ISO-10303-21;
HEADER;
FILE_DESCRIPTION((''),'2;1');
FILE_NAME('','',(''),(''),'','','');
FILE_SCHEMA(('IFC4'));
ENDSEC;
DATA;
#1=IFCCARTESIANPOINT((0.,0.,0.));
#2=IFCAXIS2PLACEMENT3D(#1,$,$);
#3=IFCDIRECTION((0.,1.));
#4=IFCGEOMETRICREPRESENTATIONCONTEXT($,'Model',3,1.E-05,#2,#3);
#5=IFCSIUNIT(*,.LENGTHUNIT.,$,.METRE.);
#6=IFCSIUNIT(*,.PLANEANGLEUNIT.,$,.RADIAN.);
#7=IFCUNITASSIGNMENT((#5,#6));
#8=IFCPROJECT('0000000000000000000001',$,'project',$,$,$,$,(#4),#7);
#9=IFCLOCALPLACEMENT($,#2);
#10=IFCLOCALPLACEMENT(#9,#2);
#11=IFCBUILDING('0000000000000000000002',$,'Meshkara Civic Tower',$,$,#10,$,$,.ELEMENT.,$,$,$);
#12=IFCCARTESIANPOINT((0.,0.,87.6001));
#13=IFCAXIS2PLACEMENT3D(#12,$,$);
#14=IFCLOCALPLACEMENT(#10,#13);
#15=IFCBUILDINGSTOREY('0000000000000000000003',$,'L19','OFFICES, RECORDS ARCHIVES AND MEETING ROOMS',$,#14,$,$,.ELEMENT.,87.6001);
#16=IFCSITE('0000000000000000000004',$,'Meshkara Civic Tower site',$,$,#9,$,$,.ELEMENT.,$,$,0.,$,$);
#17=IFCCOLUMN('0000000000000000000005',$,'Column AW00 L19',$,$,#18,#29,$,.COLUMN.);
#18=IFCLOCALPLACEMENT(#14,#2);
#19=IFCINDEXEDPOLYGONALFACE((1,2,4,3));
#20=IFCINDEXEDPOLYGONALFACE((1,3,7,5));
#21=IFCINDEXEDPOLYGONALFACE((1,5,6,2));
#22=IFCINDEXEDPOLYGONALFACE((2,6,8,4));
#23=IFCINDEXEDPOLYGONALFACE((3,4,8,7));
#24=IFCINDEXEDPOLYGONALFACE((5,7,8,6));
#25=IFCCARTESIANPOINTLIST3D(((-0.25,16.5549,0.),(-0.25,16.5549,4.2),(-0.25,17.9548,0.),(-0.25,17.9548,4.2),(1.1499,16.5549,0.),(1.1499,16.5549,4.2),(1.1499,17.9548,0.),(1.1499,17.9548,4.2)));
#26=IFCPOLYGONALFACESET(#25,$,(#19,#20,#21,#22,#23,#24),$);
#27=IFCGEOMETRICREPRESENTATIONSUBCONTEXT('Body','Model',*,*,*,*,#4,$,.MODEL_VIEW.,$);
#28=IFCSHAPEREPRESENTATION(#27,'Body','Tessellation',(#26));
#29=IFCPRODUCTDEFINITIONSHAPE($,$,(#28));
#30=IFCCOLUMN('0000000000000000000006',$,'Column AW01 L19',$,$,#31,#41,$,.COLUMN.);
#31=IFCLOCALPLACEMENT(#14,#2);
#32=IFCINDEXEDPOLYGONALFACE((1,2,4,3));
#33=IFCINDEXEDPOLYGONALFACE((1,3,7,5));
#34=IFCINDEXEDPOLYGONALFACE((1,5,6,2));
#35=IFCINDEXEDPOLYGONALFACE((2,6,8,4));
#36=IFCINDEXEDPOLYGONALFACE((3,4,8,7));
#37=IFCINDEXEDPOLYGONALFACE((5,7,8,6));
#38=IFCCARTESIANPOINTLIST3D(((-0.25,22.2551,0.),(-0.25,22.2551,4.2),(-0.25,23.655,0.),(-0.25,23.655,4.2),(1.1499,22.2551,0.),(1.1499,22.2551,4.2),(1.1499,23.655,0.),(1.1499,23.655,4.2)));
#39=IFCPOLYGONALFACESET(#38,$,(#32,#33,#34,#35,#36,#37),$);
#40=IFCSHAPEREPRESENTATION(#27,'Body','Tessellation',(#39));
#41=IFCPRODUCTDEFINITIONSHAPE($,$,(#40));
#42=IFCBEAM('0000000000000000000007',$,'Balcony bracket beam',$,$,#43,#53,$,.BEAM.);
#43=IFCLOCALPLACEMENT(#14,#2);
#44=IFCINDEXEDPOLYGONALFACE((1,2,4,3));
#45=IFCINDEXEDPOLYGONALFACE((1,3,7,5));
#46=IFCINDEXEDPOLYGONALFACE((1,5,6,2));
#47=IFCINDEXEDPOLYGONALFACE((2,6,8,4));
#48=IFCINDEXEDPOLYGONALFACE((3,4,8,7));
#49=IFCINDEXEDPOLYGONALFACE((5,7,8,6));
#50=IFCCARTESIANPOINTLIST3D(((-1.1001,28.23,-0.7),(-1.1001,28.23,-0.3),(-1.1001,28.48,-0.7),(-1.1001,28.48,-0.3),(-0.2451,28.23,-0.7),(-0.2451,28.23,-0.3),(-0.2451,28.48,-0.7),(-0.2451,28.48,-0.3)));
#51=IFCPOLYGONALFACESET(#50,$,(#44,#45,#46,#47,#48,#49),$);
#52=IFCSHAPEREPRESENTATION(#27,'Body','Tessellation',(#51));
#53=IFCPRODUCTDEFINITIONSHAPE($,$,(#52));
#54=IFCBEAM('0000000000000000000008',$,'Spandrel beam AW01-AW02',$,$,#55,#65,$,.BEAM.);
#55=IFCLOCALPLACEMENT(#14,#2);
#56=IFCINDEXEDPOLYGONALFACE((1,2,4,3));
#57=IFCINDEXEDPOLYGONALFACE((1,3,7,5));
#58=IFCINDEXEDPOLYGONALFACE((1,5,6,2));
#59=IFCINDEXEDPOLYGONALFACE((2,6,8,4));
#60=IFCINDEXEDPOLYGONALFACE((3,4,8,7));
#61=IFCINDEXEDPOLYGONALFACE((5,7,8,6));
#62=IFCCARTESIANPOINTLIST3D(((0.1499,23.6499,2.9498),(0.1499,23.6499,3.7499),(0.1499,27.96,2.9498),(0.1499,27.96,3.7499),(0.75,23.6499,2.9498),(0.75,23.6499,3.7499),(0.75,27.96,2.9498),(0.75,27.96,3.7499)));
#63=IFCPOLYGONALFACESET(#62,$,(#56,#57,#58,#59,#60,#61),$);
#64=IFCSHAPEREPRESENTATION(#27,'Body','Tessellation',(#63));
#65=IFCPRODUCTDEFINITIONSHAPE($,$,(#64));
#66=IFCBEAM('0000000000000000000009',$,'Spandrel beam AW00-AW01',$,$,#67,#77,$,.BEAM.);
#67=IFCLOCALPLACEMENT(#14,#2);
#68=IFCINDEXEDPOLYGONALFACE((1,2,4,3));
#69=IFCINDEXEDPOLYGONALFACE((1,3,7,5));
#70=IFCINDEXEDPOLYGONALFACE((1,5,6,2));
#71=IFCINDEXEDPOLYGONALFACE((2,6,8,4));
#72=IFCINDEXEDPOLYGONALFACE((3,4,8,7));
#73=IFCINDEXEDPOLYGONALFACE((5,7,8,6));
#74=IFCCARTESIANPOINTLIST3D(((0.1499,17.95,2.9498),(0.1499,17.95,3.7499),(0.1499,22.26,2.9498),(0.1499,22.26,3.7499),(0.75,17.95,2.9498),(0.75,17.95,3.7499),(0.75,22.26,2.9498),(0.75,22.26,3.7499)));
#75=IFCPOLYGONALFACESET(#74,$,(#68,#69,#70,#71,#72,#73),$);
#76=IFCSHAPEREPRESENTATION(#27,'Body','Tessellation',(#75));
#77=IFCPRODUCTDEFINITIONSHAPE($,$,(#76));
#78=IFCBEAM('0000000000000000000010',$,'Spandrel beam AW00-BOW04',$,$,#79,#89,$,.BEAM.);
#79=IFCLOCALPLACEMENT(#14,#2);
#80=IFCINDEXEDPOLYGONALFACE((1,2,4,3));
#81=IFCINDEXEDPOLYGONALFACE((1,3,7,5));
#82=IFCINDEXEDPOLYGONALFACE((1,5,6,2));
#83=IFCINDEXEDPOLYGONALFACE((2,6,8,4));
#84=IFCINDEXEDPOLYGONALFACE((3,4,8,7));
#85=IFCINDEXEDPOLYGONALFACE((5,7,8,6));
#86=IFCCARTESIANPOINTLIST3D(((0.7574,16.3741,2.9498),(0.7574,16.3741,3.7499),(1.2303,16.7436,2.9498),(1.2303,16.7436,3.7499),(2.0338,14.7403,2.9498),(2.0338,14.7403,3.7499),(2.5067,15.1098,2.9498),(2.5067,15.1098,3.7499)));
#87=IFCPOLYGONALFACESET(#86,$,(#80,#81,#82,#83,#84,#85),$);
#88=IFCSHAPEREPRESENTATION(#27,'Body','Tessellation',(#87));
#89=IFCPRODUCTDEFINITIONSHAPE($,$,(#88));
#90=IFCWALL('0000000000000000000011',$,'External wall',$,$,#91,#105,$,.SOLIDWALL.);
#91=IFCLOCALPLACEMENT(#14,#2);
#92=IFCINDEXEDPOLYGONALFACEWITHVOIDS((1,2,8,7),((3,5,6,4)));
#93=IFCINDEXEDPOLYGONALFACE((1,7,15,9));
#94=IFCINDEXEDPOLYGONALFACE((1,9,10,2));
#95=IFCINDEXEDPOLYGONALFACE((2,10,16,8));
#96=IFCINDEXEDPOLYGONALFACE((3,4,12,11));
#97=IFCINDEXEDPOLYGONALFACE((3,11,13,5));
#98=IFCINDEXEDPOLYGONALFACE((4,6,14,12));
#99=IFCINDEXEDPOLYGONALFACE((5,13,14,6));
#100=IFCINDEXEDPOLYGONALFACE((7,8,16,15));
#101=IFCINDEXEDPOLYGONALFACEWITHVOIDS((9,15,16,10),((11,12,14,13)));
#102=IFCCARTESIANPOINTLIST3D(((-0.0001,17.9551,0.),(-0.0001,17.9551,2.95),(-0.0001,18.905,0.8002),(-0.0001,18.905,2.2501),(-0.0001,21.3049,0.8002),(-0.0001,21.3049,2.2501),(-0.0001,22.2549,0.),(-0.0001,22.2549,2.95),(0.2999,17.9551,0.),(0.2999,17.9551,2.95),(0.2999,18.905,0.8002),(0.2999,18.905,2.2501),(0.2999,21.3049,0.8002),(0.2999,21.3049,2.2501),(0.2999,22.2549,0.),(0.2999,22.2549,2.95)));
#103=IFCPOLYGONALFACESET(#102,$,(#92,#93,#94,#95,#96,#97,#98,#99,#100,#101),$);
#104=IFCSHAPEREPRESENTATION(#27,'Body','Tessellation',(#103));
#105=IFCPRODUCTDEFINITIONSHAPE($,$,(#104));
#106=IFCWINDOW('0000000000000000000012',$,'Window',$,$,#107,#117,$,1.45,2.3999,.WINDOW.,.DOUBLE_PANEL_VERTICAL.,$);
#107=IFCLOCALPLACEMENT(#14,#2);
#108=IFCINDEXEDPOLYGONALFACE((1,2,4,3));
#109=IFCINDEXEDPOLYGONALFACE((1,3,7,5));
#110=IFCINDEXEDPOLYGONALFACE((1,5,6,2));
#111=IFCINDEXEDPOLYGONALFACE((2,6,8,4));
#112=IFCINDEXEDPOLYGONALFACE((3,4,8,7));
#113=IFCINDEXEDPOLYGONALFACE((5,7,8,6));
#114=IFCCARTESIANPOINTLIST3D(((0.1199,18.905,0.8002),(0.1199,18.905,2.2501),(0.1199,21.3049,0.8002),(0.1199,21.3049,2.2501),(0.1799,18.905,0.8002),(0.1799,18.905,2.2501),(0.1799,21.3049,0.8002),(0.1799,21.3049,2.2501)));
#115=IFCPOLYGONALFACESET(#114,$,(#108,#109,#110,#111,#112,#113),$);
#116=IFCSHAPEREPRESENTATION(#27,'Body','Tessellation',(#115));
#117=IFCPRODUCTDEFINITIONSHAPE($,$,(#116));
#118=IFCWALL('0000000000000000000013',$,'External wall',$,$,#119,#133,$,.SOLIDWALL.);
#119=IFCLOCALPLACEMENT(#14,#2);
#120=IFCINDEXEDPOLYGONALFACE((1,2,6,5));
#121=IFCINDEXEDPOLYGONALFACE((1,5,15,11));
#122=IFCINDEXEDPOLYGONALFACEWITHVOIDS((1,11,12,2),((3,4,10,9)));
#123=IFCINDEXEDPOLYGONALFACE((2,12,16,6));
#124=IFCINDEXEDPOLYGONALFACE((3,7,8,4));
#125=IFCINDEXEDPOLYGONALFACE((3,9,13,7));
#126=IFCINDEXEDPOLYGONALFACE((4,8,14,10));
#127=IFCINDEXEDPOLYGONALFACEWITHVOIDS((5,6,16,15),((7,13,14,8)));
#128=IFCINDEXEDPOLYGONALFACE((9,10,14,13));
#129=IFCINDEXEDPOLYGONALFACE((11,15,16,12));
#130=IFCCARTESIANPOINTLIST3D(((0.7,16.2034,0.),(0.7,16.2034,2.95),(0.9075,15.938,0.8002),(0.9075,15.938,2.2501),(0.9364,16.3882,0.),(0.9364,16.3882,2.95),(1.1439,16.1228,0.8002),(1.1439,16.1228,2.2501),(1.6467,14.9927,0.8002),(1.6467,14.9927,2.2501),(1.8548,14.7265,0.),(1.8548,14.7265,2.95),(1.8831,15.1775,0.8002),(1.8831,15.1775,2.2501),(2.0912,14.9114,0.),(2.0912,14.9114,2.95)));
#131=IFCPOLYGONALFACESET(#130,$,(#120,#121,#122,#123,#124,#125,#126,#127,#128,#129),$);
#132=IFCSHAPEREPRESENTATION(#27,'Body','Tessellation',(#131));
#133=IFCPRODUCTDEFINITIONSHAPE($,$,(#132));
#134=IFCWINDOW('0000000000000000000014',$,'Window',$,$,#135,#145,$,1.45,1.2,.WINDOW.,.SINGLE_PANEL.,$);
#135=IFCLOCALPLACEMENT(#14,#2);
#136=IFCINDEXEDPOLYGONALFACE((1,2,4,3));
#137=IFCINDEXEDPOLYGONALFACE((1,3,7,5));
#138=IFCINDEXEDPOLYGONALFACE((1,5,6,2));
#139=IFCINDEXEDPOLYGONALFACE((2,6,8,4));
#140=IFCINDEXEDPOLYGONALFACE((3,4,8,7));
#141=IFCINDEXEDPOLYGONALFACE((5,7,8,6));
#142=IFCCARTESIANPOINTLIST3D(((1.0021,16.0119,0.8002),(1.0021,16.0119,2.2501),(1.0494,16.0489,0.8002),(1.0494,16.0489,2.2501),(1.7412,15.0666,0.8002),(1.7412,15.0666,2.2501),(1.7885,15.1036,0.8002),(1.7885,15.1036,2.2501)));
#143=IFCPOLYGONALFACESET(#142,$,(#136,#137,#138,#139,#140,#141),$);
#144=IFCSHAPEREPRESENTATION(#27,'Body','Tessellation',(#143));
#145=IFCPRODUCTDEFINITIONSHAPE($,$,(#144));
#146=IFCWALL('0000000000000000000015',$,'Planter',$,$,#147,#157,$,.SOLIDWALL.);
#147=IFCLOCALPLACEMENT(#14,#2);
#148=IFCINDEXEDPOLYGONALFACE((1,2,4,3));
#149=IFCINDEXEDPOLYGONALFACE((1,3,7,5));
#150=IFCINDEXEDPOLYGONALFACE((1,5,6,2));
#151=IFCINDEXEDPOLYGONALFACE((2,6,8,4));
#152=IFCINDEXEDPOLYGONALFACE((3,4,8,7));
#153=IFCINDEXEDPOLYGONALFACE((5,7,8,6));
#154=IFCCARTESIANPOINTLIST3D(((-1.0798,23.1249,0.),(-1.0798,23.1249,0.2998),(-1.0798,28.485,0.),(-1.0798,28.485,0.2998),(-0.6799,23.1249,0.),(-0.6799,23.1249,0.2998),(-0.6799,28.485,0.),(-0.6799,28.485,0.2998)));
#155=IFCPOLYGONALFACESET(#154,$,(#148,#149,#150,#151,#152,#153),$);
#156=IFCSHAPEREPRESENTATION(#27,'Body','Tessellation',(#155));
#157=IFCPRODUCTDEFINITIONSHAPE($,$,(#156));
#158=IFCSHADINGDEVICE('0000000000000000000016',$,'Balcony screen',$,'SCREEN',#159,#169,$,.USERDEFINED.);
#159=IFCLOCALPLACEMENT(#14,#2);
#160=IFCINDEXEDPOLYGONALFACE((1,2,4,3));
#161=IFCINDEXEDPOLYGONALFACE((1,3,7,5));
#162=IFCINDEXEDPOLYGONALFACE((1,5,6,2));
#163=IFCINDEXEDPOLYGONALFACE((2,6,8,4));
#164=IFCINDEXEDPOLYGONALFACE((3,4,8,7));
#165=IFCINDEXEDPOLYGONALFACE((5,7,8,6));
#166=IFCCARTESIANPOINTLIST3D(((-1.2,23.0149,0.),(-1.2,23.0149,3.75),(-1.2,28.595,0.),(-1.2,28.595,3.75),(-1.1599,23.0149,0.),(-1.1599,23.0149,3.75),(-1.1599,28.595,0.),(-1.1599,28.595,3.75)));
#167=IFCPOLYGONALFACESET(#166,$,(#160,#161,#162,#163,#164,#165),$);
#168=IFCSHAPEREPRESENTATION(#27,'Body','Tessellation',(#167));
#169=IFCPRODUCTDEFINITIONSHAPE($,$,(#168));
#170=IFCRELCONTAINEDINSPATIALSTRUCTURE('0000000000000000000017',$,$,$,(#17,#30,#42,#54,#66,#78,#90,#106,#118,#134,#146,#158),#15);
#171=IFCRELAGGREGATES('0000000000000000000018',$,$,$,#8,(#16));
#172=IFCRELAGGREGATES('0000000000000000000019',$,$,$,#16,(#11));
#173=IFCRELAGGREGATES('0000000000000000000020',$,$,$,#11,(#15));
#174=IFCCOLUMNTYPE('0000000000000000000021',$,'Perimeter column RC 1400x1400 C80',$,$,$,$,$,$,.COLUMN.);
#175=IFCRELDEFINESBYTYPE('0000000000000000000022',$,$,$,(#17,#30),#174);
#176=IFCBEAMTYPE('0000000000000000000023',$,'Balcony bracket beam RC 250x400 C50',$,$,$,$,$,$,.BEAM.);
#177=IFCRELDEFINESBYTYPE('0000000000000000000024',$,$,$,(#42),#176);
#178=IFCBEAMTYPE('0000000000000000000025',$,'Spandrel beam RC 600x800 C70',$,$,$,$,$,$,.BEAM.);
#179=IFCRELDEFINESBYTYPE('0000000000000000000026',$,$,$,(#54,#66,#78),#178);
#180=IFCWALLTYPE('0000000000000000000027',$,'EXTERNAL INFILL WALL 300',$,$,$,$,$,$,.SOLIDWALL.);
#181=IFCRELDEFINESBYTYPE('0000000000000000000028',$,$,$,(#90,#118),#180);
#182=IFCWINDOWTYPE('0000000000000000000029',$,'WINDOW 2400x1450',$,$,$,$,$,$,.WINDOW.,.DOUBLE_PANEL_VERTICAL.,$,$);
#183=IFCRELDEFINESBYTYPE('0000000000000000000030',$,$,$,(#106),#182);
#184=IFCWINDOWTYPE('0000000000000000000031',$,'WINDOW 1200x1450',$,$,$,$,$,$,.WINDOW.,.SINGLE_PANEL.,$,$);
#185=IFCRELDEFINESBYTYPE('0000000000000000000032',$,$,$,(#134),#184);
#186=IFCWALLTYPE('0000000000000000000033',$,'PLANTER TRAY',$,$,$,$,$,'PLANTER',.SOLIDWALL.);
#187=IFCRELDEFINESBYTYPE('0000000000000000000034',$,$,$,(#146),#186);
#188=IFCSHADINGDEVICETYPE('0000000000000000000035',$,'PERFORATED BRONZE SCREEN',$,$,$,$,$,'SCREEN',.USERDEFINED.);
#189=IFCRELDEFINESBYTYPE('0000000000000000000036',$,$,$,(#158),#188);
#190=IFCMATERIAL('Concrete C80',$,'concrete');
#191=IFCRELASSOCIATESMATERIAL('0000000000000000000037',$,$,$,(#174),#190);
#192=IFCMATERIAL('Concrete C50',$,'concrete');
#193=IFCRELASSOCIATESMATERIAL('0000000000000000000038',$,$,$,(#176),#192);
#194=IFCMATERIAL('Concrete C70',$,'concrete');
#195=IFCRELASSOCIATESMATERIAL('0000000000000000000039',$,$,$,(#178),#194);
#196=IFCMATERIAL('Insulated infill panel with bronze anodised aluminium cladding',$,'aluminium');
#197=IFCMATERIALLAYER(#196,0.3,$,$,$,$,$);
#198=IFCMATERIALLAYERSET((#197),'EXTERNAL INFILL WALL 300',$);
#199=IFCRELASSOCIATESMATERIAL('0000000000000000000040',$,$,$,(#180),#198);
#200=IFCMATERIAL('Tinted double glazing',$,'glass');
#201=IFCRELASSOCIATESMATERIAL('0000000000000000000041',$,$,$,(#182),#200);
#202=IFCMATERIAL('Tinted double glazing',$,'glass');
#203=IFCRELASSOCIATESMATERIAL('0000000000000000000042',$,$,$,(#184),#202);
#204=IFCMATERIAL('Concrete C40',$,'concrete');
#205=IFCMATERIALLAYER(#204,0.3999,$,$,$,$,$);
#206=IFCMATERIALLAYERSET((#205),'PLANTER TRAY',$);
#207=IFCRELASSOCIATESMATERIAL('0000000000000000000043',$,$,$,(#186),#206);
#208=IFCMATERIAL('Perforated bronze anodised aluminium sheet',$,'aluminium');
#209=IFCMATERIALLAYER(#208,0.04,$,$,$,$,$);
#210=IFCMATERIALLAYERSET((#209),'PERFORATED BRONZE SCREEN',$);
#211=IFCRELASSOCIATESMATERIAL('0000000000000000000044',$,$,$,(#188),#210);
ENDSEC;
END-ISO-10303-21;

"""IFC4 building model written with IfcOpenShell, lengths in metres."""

from ifc_helpers import new_model, si_unit, direction, frame, frame_2d, origin, origin_2d, place, context, subcontext, project, spatial, rectangle, extrude, material, layer, layer_set, material_profile, profile_set, type_object, element, fill, save


model = new_model("IFC4")

# Units and contexts
model_context = context("Model", 3, precision=1e-05, world=origin(), true_north=direction((0.0, 1.0)))
body_context = subcontext(model_context, "Body", "Model", "MODEL_VIEW")
ifc_project = project(units=[si_unit("LENGTHUNIT", "METRE"), si_unit("PLANEANGLEUNIT", "RADIAN")], contexts=[model_context])

# Site, building, storey
site_placement = place(None, origin())
site = spatial("IfcSite", under=ifc_project, at=site_placement, Name="Meshkara Civic Tower site", CompositionType="ELEMENT", RefElevation=0.0)
building_placement = place(site_placement, origin())
building = spatial("IfcBuilding", under=site, at=building_placement, Name="Meshkara Civic Tower", CompositionType="ELEMENT")
storey_placement = place(building_placement, frame((0.0, 0.0, 87.6001)))
storey = spatial("IfcBuildingStorey", under=building, at=storey_placement, Name="L19", Description="OFFICES, RECORDS ARCHIVES AND MEETING ROOMS", CompositionType="ELEMENT", Elevation=87.6001)

# Columns
ifc_material_1 = material(Name="Concrete C80", Category="concrete")
ifc_material_profile_1 = material_profile(ifc_material_1, rectangle(XDim=1.3999, YDim=1.3999, at=origin_2d()))
ifc_profile_set_1 = profile_set([ifc_material_profile_1], Name="Concrete C80")
column_type = type_object("IfcColumnType", Name="Perimeter column RC 1400x1400 C80", PredefinedType="COLUMN", material=ifc_profile_set_1)
for number, where, z_axis, x_axis, name in (
    (1, (0.45, 17.2549, 0.0), (0.0, 0.0, 1.0), (1.0, 0.0, 0.0), "Column AW00 L19"),
    (2, (0.45, 22.9551, 0.0), (0.0, 0.0, 1.0), (1.0, 0.0, 0.0), "Column AW01 L19"),
):
    element("IfcColumn", number, at=place(storey_placement, frame(where, z_axis=z_axis, x_axis=x_axis)), inside=storey, type_object=column_type, Name=name, PredefinedType="COLUMN", context=body_context, shape_type="SweptSolid", body=[
        extrude(rectangle(XDim=1.3999, YDim=1.3999, at=origin_2d()), origin(), (0.0, 0.0, 1.0), 4.2),
    ])

# Beams
ifc_material_2 = material(Name="Concrete C50", Category="concrete")
ifc_material_profile_2 = material_profile(ifc_material_2, rectangle(XDim=0.25, YDim=0.3999, at=origin_2d()))
ifc_profile_set_2 = profile_set([ifc_material_profile_2], Name="Concrete C50")
beam_type_1 = type_object("IfcBeamType", Name="Balcony bracket beam RC 250x400 C50", PredefinedType="BEAM", material=ifc_profile_set_2)
beam_1_placement = place(storey_placement, frame((-0.2451, 28.355, -0.5), z_axis=(-1.0, 0.0, 0.0), x_axis=(0.0, -1.0, 0.0)))
element("IfcBeam", 3, at=beam_1_placement, inside=storey, type_object=beam_type_1, Name="Balcony bracket beam", PredefinedType="BEAM", context=body_context, shape_type="SweptSolid", body=[
    extrude(rectangle(XDim=0.25, YDim=0.3999, at=origin_2d()), origin(), (0.0, 0.0, 1.0), 0.855),
])
ifc_material_3 = material(Name="Concrete C70", Category="concrete")
ifc_material_profile_3 = material_profile(ifc_material_3, rectangle(XDim=0.6001, YDim=0.8, at=origin_2d()))
ifc_profile_set_3 = profile_set([ifc_material_profile_3], Name="Concrete C70")
beam_type_2 = type_object("IfcBeamType", Name="Spandrel beam RC 600x800 C70", PredefinedType="BEAM", material=ifc_profile_set_3)
for number, where, z_axis, x_axis, name in (
    (4, (0.45, 27.96, 3.3499), (0.0, -1.0, 0.0), (1.0, 0.0, 0.0), "Spandrel beam AW01-AW02"),
    (5, (0.45, 22.26, 3.3499), (0.0, -1.0, 0.0), (1.0, 0.0, 0.0), "Spandrel beam AW00-AW01"),
):
    element("IfcBeam", number, at=place(storey_placement, frame(where, z_axis=z_axis, x_axis=x_axis)), inside=storey, type_object=beam_type_2, Name=name, PredefinedType="BEAM", context=body_context, shape_type="SweptSolid", body=[
        extrude(rectangle(XDim=0.6001, YDim=0.8, at=origin_2d()), origin(), (0.0, 0.0, 1.0), 4.3101),
    ])
beam_2_placement = place(storey_placement, frame((0.9939, 16.5588, 3.3499), z_axis=(0.615635, -0.788032, 0.0), x_axis=(0.788032, 0.615635, 0.0)))
element("IfcBeam", 6, at=beam_2_placement, inside=storey, type_object=beam_type_2, Name="Spandrel beam AW00-BOW04", PredefinedType="BEAM", context=body_context, shape_type="SweptSolid", body=[
    extrude(rectangle(XDim=0.6001, YDim=0.8, at=origin_2d()), origin(), (0.0, 0.0, 1.0), 2.0732),
])

# Walls, openings, windows
ifc_material_4 = material(Name="Insulated infill panel with bronze anodised aluminium cladding", Category="aluminium")
ifc_layer_1 = layer(ifc_material_4, 0.3)
ifc_layer_set_1 = layer_set([ifc_layer_1], Name="EXTERNAL INFILL WALL 300")
wall_type_1 = type_object("IfcWallType", Name="EXTERNAL INFILL WALL 300", PredefinedType="SOLIDWALL", material=ifc_layer_set_1)
wall_1_placement = place(storey_placement, frame((0.1499, 22.2549, 0.0), z_axis=(0.0, 0.0, 1.0), x_axis=(0.0, -1.0, 0.0)))
wall_1 = element("IfcWall", 7, at=wall_1_placement, inside=storey, type_object=wall_type_1, Name="External wall", PredefinedType="SOLIDWALL", context=body_context, shape_type="SweptSolid", body=[
    extrude(rectangle(XDim=4.2998, YDim=0.3, at=frame_2d((2.1499, 0.0))), origin(), (0.0, 0.0, 1.0), 2.95),
])
opening_1_placement = place(wall_1_placement, frame((0.95, 0.0, 0.8)))
opening_1 = element("IfcOpeningElement", 8, at=opening_1_placement, cuts=wall_1, PredefinedType="OPENING", context=body_context, shape_type="SweptSolid", body=[
    extrude(rectangle(XDim=2.3999, YDim=1.45, at=frame_2d((1.2, 0.7251))), frame((0.0, 0.1599, 0.0), z_axis=(0.0, -1.0, 0.0), x_axis=(1.0, 0.0, 0.0)), (0.0, 0.0, 1.0), 0.3201),
])
ifc_material_5 = material(Name="Tinted double glazing", Category="glass")
window_type_1 = type_object("IfcWindowType", Name="WINDOW 2400x1450", PartitioningType="DOUBLE_PANEL_VERTICAL", PredefinedType="WINDOW", material=ifc_material_5)
window_1_placement = place(opening_1_placement, origin())
window_1 = element("IfcWindow", 9, at=window_1_placement, inside=storey, type_object=window_type_1, Name="Window", OverallHeight=1.45, OverallWidth=2.3999, PartitioningType="DOUBLE_PANEL_VERTICAL", PredefinedType="WINDOW", context=body_context, shape_type="SweptSolid", body=[
    extrude(rectangle(XDim=2.3999, YDim=1.45, at=frame_2d((1.2, 0.7251))), frame((0.0, 0.03, 0.0), z_axis=(0.0, -1.0, 0.0), x_axis=(1.0, 0.0, 0.0)), (0.0, 0.0, 1.0), 0.0601),
])
fill(opening_1, window_1)
wall_2_placement = place(storey_placement, frame((0.8181, 16.2959, 0.0), z_axis=(0.0, 0.0, 1.0), x_axis=(0.615985, -0.787758, 0.0)))
wall_2 = element("IfcWall", 10, at=wall_2_placement, inside=storey, type_object=wall_type_1, Name="External wall", PredefinedType="SOLIDWALL", context=body_context, shape_type="SweptSolid", body=[
    extrude(rectangle(XDim=1.8748, YDim=0.3, at=frame_2d((0.9375, 0.0))), origin(), (0.0, 0.0, 1.0), 2.95),
])
opening_2_placement = place(wall_2_placement, frame((0.3369, 0.0, 0.8)))
opening_2 = element("IfcOpeningElement", 11, at=opening_2_placement, cuts=wall_2, PredefinedType="OPENING", context=body_context, shape_type="SweptSolid", body=[
    extrude(rectangle(XDim=1.2, YDim=1.45, at=frame_2d((0.6001, 0.7251))), frame((0.0, 0.1599, 0.0), z_axis=(0.0, -1.0, 0.0), x_axis=(1.0, 0.0, 0.0)), (0.0, 0.0, 1.0), 0.3201),
])
ifc_material_6 = material(Name="Tinted double glazing", Category="glass")
window_type_2 = type_object("IfcWindowType", Name="WINDOW 1200x1450", PartitioningType="SINGLE_PANEL", PredefinedType="WINDOW", material=ifc_material_6)
window_2_placement = place(opening_2_placement, origin())
window_2 = element("IfcWindow", 12, at=window_2_placement, inside=storey, type_object=window_type_2, Name="Window", OverallHeight=1.45, OverallWidth=1.2, PartitioningType="SINGLE_PANEL", PredefinedType="WINDOW", context=body_context, shape_type="SweptSolid", body=[
    extrude(rectangle(XDim=1.2, YDim=1.45, at=frame_2d((0.6001, 0.7251))), frame((0.0, 0.03, 0.0), z_axis=(0.0, -1.0, 0.0), x_axis=(1.0, 0.0, 0.0)), (0.0, 0.0, 1.0), 0.0601),
])
fill(opening_2, window_2)

# Wall
ifc_material_7 = material(Name="Concrete C40", Category="concrete")
ifc_layer_2 = layer(ifc_material_7, 0.3999)
ifc_layer_set_2 = layer_set([ifc_layer_2], Name="PLANTER TRAY")
wall_type_2 = type_object("IfcWallType", Name="PLANTER TRAY", ElementType="PLANTER", PredefinedType="SOLIDWALL", material=ifc_layer_set_2)
wall_3_placement = place(storey_placement, frame((-0.8799, 28.4851, 0.0), z_axis=(0.0, 0.0, 1.0), x_axis=(0.0, -1.0, 0.0)))
element("IfcWall", 13, at=wall_3_placement, inside=storey, type_object=wall_type_2, Name="Planter", PredefinedType="SOLIDWALL", context=body_context, shape_type="SweptSolid", body=[
    extrude(rectangle(XDim=5.3601, YDim=0.3999, at=frame_2d((2.6802, 0.0))), origin(), (0.0, 0.0, 1.0), 0.2998),
])

# Shading device
ifc_material_8 = material(Name="Perforated bronze anodised aluminium sheet", Category="aluminium")
ifc_layer_3 = layer(ifc_material_8, 0.04)
ifc_layer_set_3 = layer_set([ifc_layer_3], Name="PERFORATED BRONZE SCREEN")
shading_device_type = type_object("IfcShadingDeviceType", Name="PERFORATED BRONZE SCREEN", ElementType="SCREEN", PredefinedType="USERDEFINED", material=ifc_layer_set_3)
shading_device_placement = place(storey_placement, frame((-1.1799, 25.8049, 0.0), z_axis=(0.0, 0.0, 1.0), x_axis=(0.0, -1.0, 0.0)))
element("IfcShadingDevice", 14, at=shading_device_placement, inside=storey, type_object=shading_device_type, Name="Balcony screen", ObjectType="SCREEN", PredefinedType="USERDEFINED", context=body_context, shape_type="SweptSolid", body=[
    extrude(rectangle(XDim=5.5801, YDim=0.04, at=origin_2d()), origin(), (0.0, 0.0, 1.0), 3.75),
])

save(model, "model.ifc")
